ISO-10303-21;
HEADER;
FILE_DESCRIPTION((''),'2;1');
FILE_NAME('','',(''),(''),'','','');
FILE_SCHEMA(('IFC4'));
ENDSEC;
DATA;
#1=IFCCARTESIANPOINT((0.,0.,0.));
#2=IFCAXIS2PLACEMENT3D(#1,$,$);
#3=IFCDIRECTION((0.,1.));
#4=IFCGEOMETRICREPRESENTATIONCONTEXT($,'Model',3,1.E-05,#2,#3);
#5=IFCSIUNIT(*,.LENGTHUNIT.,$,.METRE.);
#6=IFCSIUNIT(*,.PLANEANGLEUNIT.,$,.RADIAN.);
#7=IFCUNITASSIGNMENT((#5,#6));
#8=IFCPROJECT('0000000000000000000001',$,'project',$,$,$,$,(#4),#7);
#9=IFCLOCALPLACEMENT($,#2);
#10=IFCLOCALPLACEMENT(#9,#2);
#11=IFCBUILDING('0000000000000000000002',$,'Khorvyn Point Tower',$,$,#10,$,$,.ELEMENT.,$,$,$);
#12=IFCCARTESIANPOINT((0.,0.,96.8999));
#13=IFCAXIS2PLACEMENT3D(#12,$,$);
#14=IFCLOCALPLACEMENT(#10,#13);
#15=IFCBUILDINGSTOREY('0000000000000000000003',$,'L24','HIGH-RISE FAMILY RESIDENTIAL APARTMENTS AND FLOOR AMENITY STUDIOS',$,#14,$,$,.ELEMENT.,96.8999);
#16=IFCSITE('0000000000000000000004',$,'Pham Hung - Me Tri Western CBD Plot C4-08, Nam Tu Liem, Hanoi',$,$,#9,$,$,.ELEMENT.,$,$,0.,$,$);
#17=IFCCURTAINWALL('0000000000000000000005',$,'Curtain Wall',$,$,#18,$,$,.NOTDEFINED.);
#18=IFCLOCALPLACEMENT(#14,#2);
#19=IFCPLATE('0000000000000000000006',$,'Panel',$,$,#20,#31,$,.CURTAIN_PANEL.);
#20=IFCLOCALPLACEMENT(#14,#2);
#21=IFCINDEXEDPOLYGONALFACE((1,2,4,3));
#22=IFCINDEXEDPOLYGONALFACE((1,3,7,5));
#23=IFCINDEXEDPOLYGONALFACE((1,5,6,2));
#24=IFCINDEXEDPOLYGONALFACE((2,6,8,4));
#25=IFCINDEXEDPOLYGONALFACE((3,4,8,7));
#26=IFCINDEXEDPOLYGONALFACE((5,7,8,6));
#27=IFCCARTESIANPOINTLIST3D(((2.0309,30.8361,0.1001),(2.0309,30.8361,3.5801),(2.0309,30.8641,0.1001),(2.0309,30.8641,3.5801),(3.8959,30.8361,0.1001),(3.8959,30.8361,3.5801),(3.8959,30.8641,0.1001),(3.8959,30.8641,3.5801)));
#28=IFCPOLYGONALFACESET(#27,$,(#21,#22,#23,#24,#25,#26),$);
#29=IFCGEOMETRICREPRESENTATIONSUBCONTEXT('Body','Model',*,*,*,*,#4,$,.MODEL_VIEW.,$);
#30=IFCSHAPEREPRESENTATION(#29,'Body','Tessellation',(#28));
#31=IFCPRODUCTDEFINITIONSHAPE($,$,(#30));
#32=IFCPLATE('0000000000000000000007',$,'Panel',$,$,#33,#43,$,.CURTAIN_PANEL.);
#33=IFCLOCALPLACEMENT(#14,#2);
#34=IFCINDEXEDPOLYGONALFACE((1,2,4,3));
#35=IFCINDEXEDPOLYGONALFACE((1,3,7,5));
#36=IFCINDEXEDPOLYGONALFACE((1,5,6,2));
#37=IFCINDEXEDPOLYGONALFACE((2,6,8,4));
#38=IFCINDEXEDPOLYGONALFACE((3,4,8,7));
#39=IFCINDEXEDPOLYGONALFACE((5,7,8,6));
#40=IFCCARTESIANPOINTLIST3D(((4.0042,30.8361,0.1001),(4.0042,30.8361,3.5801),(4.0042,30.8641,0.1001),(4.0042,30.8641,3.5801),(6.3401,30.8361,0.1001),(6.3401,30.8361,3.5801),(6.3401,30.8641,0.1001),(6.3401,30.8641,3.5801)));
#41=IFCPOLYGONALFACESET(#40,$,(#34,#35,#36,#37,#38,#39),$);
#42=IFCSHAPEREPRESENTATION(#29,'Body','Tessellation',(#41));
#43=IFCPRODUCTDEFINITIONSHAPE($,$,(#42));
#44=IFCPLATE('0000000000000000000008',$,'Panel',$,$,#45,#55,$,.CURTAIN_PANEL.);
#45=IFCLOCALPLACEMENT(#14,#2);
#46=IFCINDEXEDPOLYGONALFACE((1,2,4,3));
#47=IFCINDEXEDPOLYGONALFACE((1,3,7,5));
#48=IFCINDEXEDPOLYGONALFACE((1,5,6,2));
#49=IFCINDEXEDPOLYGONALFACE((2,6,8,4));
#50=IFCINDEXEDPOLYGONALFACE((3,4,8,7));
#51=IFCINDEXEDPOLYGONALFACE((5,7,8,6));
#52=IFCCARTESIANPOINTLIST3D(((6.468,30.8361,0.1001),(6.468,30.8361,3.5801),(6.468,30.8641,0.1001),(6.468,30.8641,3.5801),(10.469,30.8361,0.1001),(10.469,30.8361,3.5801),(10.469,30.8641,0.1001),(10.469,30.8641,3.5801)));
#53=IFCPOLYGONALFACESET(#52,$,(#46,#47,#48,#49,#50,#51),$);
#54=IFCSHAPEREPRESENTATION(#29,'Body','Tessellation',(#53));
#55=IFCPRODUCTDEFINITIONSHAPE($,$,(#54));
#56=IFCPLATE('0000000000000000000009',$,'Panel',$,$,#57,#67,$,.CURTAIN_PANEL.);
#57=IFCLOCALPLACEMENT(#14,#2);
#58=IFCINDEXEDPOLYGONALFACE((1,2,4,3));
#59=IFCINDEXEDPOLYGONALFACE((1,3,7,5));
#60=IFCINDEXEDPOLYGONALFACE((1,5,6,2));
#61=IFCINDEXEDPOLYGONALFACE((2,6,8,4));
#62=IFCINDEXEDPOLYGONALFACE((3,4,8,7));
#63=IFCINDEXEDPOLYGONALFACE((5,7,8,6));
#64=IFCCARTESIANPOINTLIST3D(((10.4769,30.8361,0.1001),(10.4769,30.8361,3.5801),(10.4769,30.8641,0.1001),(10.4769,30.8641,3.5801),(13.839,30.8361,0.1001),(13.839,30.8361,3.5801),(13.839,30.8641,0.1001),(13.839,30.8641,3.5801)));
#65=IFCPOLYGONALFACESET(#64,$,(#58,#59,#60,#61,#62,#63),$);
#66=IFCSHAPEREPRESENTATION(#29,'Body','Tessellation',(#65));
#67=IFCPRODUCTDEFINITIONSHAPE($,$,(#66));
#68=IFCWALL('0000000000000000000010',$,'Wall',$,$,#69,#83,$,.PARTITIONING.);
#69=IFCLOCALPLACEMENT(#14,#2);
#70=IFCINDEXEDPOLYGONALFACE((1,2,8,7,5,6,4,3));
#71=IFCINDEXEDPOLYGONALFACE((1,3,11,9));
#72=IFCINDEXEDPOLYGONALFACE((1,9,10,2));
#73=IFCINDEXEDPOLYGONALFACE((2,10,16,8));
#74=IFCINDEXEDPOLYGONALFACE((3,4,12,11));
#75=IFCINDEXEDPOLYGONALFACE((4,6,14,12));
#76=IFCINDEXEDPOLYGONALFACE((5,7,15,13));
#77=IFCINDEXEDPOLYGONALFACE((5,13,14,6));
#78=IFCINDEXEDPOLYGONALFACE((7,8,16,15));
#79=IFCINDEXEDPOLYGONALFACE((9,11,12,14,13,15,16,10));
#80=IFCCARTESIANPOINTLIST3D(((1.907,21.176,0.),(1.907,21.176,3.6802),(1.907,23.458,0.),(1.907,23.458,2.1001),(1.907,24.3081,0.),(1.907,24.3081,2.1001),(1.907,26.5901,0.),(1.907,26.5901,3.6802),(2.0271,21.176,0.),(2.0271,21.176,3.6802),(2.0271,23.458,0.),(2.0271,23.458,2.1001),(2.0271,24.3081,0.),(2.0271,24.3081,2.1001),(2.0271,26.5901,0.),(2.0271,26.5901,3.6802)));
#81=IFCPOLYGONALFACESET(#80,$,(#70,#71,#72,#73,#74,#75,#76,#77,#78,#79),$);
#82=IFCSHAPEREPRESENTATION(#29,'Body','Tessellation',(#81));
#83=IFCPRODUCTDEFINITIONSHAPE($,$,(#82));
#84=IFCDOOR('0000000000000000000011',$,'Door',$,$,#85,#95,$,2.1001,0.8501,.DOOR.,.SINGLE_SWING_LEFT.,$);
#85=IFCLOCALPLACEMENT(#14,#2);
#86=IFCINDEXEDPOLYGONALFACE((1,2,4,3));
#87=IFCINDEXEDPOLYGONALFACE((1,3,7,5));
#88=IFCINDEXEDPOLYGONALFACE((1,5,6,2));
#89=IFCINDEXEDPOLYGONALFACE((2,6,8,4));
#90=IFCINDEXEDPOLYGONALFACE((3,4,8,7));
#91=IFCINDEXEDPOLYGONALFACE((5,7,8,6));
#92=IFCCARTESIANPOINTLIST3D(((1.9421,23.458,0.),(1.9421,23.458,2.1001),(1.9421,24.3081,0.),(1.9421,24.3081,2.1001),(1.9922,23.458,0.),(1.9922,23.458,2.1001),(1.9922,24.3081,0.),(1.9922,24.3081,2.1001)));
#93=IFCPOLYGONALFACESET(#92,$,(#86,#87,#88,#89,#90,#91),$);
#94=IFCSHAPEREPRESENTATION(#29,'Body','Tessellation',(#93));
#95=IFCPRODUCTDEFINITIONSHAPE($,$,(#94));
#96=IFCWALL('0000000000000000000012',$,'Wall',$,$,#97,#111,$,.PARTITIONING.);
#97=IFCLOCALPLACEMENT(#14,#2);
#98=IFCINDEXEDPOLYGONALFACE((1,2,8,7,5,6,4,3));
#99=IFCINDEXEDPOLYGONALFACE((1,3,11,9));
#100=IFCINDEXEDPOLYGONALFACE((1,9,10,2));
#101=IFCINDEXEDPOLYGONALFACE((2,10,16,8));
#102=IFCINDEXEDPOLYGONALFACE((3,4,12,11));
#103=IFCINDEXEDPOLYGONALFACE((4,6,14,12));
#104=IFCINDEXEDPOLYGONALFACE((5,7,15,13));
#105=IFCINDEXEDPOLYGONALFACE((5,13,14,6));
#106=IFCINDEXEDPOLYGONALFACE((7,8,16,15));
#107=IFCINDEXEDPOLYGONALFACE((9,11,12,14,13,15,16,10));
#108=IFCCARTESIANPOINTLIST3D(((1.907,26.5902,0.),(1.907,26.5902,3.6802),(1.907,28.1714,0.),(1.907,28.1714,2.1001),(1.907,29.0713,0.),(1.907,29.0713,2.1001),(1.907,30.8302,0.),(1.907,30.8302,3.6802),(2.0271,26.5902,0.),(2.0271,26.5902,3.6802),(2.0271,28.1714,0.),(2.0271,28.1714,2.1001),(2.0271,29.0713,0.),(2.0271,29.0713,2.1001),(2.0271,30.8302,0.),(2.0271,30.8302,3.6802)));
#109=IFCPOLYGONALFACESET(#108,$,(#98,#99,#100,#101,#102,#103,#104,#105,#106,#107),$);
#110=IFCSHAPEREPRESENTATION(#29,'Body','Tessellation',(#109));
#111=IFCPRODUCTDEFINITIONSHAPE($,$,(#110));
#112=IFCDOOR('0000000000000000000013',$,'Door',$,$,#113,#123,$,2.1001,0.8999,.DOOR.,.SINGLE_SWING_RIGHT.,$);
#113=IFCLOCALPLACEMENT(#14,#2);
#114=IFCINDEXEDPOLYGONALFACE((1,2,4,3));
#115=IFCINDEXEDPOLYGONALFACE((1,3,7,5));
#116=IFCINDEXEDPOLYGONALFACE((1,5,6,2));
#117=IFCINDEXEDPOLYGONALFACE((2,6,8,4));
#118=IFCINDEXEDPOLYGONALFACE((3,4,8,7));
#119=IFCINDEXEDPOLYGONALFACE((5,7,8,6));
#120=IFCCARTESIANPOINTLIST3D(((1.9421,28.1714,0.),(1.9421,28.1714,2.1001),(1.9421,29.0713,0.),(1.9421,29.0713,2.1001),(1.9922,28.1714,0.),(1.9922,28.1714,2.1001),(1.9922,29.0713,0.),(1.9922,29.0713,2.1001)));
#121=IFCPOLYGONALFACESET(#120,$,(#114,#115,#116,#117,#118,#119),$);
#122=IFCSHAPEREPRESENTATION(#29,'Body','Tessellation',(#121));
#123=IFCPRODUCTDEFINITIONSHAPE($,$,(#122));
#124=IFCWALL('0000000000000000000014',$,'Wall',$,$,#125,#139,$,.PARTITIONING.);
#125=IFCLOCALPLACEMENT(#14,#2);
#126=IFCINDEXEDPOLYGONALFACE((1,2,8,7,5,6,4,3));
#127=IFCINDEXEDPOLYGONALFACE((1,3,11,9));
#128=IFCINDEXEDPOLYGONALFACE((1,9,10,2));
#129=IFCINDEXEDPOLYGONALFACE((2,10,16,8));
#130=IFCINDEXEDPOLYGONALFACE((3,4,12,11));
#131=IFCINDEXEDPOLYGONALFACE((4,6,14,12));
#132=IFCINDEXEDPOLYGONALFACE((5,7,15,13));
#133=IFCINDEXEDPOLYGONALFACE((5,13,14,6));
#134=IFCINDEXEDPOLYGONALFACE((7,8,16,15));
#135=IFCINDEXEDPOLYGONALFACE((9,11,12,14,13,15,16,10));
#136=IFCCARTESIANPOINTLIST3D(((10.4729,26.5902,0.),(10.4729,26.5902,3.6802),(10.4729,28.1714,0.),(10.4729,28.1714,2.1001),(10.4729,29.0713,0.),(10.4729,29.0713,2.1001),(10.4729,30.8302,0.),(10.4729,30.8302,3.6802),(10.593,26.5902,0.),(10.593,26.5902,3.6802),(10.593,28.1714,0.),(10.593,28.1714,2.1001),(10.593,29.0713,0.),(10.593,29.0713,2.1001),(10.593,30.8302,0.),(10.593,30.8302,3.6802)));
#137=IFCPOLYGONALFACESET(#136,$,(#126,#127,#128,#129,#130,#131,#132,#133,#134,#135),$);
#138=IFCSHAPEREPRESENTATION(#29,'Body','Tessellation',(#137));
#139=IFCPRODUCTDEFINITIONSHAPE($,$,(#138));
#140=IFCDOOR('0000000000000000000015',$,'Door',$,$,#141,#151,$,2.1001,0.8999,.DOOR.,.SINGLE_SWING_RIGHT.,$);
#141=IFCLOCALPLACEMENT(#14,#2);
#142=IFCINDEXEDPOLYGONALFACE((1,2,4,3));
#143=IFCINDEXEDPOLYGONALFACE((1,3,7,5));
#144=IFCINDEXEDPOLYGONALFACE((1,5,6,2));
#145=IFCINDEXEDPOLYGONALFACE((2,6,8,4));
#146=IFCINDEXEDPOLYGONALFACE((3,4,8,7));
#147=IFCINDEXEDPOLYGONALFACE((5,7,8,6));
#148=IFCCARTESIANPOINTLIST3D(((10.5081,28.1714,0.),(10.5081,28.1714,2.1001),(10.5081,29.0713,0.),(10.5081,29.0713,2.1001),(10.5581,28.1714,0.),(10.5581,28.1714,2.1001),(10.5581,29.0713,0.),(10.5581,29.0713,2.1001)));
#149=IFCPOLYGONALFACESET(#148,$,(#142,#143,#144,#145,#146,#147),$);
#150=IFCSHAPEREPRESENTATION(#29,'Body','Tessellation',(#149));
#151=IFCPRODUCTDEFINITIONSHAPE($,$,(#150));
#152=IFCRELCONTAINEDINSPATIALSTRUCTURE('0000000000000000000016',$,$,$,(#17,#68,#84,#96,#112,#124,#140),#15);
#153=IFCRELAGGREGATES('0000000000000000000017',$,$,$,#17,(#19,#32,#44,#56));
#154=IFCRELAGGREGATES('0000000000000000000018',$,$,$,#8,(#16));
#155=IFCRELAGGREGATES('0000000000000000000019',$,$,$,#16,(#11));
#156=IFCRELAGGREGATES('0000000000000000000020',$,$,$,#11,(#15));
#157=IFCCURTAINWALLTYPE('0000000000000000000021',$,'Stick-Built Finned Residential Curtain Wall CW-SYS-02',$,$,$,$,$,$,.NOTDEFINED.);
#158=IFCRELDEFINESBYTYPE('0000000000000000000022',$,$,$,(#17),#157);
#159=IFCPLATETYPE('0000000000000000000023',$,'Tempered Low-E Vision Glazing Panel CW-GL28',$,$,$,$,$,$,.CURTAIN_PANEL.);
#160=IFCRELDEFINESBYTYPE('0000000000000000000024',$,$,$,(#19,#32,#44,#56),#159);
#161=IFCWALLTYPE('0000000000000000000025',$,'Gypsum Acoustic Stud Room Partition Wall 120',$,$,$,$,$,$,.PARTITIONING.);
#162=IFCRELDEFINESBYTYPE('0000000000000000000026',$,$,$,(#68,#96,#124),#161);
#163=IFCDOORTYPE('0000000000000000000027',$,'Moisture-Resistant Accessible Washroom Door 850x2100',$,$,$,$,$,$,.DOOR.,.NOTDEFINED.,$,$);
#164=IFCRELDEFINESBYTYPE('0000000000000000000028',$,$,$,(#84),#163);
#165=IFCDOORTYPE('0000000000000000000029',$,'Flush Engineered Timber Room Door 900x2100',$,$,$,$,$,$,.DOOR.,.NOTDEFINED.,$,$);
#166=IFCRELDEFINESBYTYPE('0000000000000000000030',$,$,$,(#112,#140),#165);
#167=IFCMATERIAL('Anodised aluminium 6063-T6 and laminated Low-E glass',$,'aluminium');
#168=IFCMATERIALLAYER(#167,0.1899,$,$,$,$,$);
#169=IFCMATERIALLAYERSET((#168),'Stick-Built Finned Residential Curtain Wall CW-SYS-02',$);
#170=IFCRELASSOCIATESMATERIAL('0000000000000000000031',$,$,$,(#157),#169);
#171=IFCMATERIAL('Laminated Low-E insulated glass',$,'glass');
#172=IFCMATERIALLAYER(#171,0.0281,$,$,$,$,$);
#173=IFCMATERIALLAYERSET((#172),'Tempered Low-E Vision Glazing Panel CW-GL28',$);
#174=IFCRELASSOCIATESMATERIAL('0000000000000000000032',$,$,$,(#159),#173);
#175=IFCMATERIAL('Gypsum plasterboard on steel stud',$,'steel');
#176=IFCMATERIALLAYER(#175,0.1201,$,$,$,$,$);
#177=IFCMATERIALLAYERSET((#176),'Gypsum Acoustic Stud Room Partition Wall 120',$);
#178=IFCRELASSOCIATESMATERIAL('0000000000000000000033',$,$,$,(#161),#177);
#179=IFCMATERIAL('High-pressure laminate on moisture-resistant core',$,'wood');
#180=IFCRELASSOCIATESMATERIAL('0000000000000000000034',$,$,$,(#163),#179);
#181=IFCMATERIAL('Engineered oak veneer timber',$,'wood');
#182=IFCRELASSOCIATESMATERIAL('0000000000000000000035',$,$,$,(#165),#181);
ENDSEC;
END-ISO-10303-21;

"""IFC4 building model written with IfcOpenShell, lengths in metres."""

from ifc_helpers import new_model, si_unit, direction, frame, frame_2d, origin, origin_2d, place, context, subcontext, project, spatial, rectangle, extrude, material, layer, layer_set, type_object, element, fill, aggregate, save


model = new_model("IFC4")

# Units and contexts
model_context = context("Model", 3, precision=1e-05, world=origin(), true_north=direction((0.0, 1.0)))
body_context = subcontext(model_context, "Body", "Model", "MODEL_VIEW")
ifc_project = project(units=[si_unit("LENGTHUNIT", "METRE"), si_unit("PLANEANGLEUNIT", "RADIAN")], contexts=[model_context])

# Site, building, storey
site_placement = place(None, origin())
site = spatial("IfcSite", under=ifc_project, at=site_placement, Name="Pham Hung - Me Tri Western CBD Plot C4-08, Nam Tu Liem, Hanoi", CompositionType="ELEMENT", RefElevation=0.0)
building_placement = place(site_placement, origin())
building = spatial("IfcBuilding", under=site, at=building_placement, Name="Khorvyn Point Tower", CompositionType="ELEMENT")
storey_placement = place(building_placement, frame((0.0, 0.0, 96.8999)))
storey = spatial("IfcBuildingStorey", under=building, at=storey_placement, Name="L24", Description="HIGH-RISE FAMILY RESIDENTIAL APARTMENTS AND FLOOR AMENITY STUDIOS", CompositionType="ELEMENT", Elevation=96.8999)

# Curtain wall
ifc_material_1 = material(Name="Anodised aluminium 6063-T6 and laminated Low-E glass", Category="aluminium")
ifc_layer_1 = layer(ifc_material_1, 0.1899)
ifc_layer_set_1 = layer_set([ifc_layer_1], Name="Stick-Built Finned Residential Curtain Wall CW-SYS-02")
curtain_wall_type = type_object("IfcCurtainWallType", Name="Stick-Built Finned Residential Curtain Wall CW-SYS-02", PredefinedType="NOTDEFINED", material=ifc_layer_set_1)
curtain_wall_placement = place(storey_placement, origin())
curtain_wall = element("IfcCurtainWall", 1, at=curtain_wall_placement, inside=storey, type_object=curtain_wall_type, Name="Curtain Wall", PredefinedType="NOTDEFINED")

# Plates
ifc_material_2 = material(Name="Laminated Low-E insulated glass", Category="glass")
ifc_layer_2 = layer(ifc_material_2, 0.0281)
ifc_layer_set_2 = layer_set([ifc_layer_2], Name="Tempered Low-E Vision Glazing Panel CW-GL28")
plate_type = type_object("IfcPlateType", Name="Tempered Low-E Vision Glazing Panel CW-GL28", PredefinedType="CURTAIN_PANEL", material=ifc_layer_set_2)
plate_1_placement = place(storey_placement, frame((2.9634, 30.8501, 0.1001), z_axis=(0.0, 0.0, 1.0), x_axis=(1.0, 0.0, 0.0)))
plate_1 = element("IfcPlate", 2, at=plate_1_placement, type_object=plate_type, Name="Panel", PredefinedType="CURTAIN_PANEL", context=body_context, shape_type="SweptSolid", body=[
    extrude(rectangle(XDim=1.865, YDim=0.0281, at=origin_2d()), origin(), (0.0, 0.0, 1.0), 3.48),
])
plate_2_placement = place(storey_placement, frame((5.1721, 30.8501, 0.1001), z_axis=(0.0, 0.0, 1.0), x_axis=(1.0, 0.0, 0.0)))
plate_2 = element("IfcPlate", 3, at=plate_2_placement, type_object=plate_type, Name="Panel", PredefinedType="CURTAIN_PANEL", context=body_context, shape_type="SweptSolid", body=[
    extrude(rectangle(XDim=2.3359, YDim=0.0281, at=origin_2d()), origin(), (0.0, 0.0, 1.0), 3.48),
])
plate_3_placement = place(storey_placement, frame((8.4685, 30.8501, 0.1001), z_axis=(0.0, 0.0, 1.0), x_axis=(1.0, 0.0, 0.0)))
plate_3 = element("IfcPlate", 4, at=plate_3_placement, type_object=plate_type, Name="Panel", PredefinedType="CURTAIN_PANEL", context=body_context, shape_type="SweptSolid", body=[
    extrude(rectangle(XDim=4.001, YDim=0.0281, at=origin_2d()), origin(), (0.0, 0.0, 1.0), 3.48),
])
plate_4_placement = place(storey_placement, frame((12.158, 30.8501, 0.1001), z_axis=(0.0, 0.0, 1.0), x_axis=(1.0, 0.0, 0.0)))
plate_4 = element("IfcPlate", 5, at=plate_4_placement, type_object=plate_type, Name="Panel", PredefinedType="CURTAIN_PANEL", context=body_context, shape_type="SweptSolid", body=[
    extrude(rectangle(XDim=3.3621, YDim=0.0281, at=origin_2d()), origin(), (0.0, 0.0, 1.0), 3.48),
])
aggregate(curtain_wall, [plate_1, plate_2, plate_3, plate_4])

# Walls, openings, doors
ifc_material_3 = material(Name="Gypsum plasterboard on steel stud", Category="steel")
ifc_layer_3 = layer(ifc_material_3, 0.1201)
ifc_layer_set_3 = layer_set([ifc_layer_3], Name="Gypsum Acoustic Stud Room Partition Wall 120")
wall_type_1 = type_object("IfcWallType", Name="Gypsum Acoustic Stud Room Partition Wall 120", PredefinedType="PARTITIONING", material=ifc_layer_set_3)
wall_1_placement = place(storey_placement, frame((1.967, 21.176, 0.0), z_axis=(0.0, 0.0, 1.0), x_axis=(0.0, 1.0, 0.0)))
wall_1 = element("IfcWall", 6, at=wall_1_placement, inside=storey, type_object=wall_type_1, Name="Wall", PredefinedType="PARTITIONING", context=body_context, shape_type="SweptSolid", body=[
    extrude(rectangle(XDim=5.4141, YDim=0.1201, at=frame_2d((2.707, 0.0))), origin(), (0.0, 0.0, 1.0), 3.6802),
])
opening_1_placement = place(wall_1_placement, frame((2.282, 0.0, 0.0)))
opening_1 = element("IfcOpeningElement", 7, at=opening_1_placement, cuts=wall_1, PredefinedType="OPENING", context=body_context, shape_type="SweptSolid", body=[
    extrude(rectangle(XDim=0.8501, YDim=2.1001, at=frame_2d((0.425, 1.05))), frame((0.0, 0.0701, 0.0), z_axis=(0.0, -1.0, 0.0), x_axis=(1.0, 0.0, 0.0)), (0.0, 0.0, 1.0), 0.1401),
])
ifc_material_4 = material(Name="High-pressure laminate on moisture-resistant core", Category="wood")
door_type_1 = type_object("IfcDoorType", Name="Moisture-Resistant Accessible Washroom Door 850x2100", OperationType="NOTDEFINED", PredefinedType="DOOR", material=ifc_material_4)
door_1_placement = place(opening_1_placement, origin())
door_1 = element("IfcDoor", 8, at=door_1_placement, inside=storey, type_object=door_type_1, Name="Door", OperationType="SINGLE_SWING_LEFT", OverallHeight=2.1001, OverallWidth=0.8501, PredefinedType="DOOR", context=body_context, shape_type="SweptSolid", body=[
    extrude(rectangle(XDim=0.8501, YDim=2.1001, at=frame_2d((0.425, 1.05))), frame((0.0, 0.0249, 0.0), z_axis=(0.0, -1.0, 0.0), x_axis=(1.0, 0.0, 0.0)), (0.0, 0.0, 1.0), 0.05),
])
fill(opening_1, door_1)
wall_2_placement = place(storey_placement, frame((1.967, 26.5901, 0.0), z_axis=(0.0, 0.0, 1.0), x_axis=(0.0, 1.0, 0.0)))
wall_2 = element("IfcWall", 9, at=wall_2_placement, inside=storey, type_object=wall_type_1, Name="Wall", PredefinedType="PARTITIONING", context=body_context, shape_type="SweptSolid", body=[
    extrude(rectangle(XDim=4.24, YDim=0.1201, at=frame_2d((2.1201, 0.0))), origin(), (0.0, 0.0, 1.0), 3.6802),
])
opening_2_placement = place(wall_2_placement, frame((1.5813, 0.0, 0.0)))
opening_2 = element("IfcOpeningElement", 10, at=opening_2_placement, cuts=wall_2, PredefinedType="OPENING", context=body_context, shape_type="SweptSolid", body=[
    extrude(rectangle(XDim=0.8999, YDim=2.1001, at=frame_2d((0.45, 1.05))), frame((0.0, 0.0701, 0.0), z_axis=(0.0, -1.0, 0.0), x_axis=(1.0, 0.0, 0.0)), (0.0, 0.0, 1.0), 0.1401),
])
ifc_material_5 = material(Name="Engineered oak veneer timber", Category="wood")
door_type_2 = type_object("IfcDoorType", Name="Flush Engineered Timber Room Door 900x2100", OperationType="NOTDEFINED", PredefinedType="DOOR", material=ifc_material_5)
door_2_placement = place(opening_2_placement, origin())
door_2 = element("IfcDoor", 11, at=door_2_placement, inside=storey, type_object=door_type_2, Name="Door", OperationType="SINGLE_SWING_RIGHT", OverallHeight=2.1001, OverallWidth=0.8999, PredefinedType="DOOR", context=body_context, shape_type="SweptSolid", body=[
    extrude(rectangle(XDim=0.8999, YDim=2.1001, at=frame_2d((0.45, 1.05))), frame((0.0, 0.0249, 0.0), z_axis=(0.0, -1.0, 0.0), x_axis=(1.0, 0.0, 0.0)), (0.0, 0.0, 1.0), 0.05),
])
fill(opening_2, door_2)
wall_3_placement = place(storey_placement, frame((10.533, 26.5901, 0.0), z_axis=(0.0, 0.0, 1.0), x_axis=(0.0, 1.0, 0.0)))
wall_3 = element("IfcWall", 12, at=wall_3_placement, inside=storey, type_object=wall_type_1, Name="Wall", PredefinedType="PARTITIONING", context=body_context, shape_type="SweptSolid", body=[
    extrude(rectangle(XDim=4.24, YDim=0.1201, at=frame_2d((2.1201, 0.0))), origin(), (0.0, 0.0, 1.0), 3.6802),
])
opening_3_placement = place(wall_3_placement, frame((1.5813, 0.0, 0.0)))
opening_3 = element("IfcOpeningElement", 13, at=opening_3_placement, cuts=wall_3, PredefinedType="OPENING", context=body_context, shape_type="SweptSolid", body=[
    extrude(rectangle(XDim=0.8999, YDim=2.1001, at=frame_2d((0.45, 1.05))), frame((0.0, 0.0701, 0.0), z_axis=(0.0, -1.0, 0.0), x_axis=(1.0, 0.0, 0.0)), (0.0, 0.0, 1.0), 0.1401),
])
door_3_placement = place(opening_3_placement, origin())
door_3 = element("IfcDoor", 14, at=door_3_placement, inside=storey, type_object=door_type_2, Name="Door", OperationType="SINGLE_SWING_RIGHT", OverallHeight=2.1001, OverallWidth=0.8999, PredefinedType="DOOR", context=body_context, shape_type="SweptSolid", body=[
    extrude(rectangle(XDim=0.8999, YDim=2.1001, at=frame_2d((0.45, 1.05))), frame((0.0, 0.0249, 0.0), z_axis=(0.0, -1.0, 0.0), x_axis=(1.0, 0.0, 0.0)), (0.0, 0.0, 1.0), 0.05),
])
fill(opening_3, door_3)

save(model, "model.ifc")
